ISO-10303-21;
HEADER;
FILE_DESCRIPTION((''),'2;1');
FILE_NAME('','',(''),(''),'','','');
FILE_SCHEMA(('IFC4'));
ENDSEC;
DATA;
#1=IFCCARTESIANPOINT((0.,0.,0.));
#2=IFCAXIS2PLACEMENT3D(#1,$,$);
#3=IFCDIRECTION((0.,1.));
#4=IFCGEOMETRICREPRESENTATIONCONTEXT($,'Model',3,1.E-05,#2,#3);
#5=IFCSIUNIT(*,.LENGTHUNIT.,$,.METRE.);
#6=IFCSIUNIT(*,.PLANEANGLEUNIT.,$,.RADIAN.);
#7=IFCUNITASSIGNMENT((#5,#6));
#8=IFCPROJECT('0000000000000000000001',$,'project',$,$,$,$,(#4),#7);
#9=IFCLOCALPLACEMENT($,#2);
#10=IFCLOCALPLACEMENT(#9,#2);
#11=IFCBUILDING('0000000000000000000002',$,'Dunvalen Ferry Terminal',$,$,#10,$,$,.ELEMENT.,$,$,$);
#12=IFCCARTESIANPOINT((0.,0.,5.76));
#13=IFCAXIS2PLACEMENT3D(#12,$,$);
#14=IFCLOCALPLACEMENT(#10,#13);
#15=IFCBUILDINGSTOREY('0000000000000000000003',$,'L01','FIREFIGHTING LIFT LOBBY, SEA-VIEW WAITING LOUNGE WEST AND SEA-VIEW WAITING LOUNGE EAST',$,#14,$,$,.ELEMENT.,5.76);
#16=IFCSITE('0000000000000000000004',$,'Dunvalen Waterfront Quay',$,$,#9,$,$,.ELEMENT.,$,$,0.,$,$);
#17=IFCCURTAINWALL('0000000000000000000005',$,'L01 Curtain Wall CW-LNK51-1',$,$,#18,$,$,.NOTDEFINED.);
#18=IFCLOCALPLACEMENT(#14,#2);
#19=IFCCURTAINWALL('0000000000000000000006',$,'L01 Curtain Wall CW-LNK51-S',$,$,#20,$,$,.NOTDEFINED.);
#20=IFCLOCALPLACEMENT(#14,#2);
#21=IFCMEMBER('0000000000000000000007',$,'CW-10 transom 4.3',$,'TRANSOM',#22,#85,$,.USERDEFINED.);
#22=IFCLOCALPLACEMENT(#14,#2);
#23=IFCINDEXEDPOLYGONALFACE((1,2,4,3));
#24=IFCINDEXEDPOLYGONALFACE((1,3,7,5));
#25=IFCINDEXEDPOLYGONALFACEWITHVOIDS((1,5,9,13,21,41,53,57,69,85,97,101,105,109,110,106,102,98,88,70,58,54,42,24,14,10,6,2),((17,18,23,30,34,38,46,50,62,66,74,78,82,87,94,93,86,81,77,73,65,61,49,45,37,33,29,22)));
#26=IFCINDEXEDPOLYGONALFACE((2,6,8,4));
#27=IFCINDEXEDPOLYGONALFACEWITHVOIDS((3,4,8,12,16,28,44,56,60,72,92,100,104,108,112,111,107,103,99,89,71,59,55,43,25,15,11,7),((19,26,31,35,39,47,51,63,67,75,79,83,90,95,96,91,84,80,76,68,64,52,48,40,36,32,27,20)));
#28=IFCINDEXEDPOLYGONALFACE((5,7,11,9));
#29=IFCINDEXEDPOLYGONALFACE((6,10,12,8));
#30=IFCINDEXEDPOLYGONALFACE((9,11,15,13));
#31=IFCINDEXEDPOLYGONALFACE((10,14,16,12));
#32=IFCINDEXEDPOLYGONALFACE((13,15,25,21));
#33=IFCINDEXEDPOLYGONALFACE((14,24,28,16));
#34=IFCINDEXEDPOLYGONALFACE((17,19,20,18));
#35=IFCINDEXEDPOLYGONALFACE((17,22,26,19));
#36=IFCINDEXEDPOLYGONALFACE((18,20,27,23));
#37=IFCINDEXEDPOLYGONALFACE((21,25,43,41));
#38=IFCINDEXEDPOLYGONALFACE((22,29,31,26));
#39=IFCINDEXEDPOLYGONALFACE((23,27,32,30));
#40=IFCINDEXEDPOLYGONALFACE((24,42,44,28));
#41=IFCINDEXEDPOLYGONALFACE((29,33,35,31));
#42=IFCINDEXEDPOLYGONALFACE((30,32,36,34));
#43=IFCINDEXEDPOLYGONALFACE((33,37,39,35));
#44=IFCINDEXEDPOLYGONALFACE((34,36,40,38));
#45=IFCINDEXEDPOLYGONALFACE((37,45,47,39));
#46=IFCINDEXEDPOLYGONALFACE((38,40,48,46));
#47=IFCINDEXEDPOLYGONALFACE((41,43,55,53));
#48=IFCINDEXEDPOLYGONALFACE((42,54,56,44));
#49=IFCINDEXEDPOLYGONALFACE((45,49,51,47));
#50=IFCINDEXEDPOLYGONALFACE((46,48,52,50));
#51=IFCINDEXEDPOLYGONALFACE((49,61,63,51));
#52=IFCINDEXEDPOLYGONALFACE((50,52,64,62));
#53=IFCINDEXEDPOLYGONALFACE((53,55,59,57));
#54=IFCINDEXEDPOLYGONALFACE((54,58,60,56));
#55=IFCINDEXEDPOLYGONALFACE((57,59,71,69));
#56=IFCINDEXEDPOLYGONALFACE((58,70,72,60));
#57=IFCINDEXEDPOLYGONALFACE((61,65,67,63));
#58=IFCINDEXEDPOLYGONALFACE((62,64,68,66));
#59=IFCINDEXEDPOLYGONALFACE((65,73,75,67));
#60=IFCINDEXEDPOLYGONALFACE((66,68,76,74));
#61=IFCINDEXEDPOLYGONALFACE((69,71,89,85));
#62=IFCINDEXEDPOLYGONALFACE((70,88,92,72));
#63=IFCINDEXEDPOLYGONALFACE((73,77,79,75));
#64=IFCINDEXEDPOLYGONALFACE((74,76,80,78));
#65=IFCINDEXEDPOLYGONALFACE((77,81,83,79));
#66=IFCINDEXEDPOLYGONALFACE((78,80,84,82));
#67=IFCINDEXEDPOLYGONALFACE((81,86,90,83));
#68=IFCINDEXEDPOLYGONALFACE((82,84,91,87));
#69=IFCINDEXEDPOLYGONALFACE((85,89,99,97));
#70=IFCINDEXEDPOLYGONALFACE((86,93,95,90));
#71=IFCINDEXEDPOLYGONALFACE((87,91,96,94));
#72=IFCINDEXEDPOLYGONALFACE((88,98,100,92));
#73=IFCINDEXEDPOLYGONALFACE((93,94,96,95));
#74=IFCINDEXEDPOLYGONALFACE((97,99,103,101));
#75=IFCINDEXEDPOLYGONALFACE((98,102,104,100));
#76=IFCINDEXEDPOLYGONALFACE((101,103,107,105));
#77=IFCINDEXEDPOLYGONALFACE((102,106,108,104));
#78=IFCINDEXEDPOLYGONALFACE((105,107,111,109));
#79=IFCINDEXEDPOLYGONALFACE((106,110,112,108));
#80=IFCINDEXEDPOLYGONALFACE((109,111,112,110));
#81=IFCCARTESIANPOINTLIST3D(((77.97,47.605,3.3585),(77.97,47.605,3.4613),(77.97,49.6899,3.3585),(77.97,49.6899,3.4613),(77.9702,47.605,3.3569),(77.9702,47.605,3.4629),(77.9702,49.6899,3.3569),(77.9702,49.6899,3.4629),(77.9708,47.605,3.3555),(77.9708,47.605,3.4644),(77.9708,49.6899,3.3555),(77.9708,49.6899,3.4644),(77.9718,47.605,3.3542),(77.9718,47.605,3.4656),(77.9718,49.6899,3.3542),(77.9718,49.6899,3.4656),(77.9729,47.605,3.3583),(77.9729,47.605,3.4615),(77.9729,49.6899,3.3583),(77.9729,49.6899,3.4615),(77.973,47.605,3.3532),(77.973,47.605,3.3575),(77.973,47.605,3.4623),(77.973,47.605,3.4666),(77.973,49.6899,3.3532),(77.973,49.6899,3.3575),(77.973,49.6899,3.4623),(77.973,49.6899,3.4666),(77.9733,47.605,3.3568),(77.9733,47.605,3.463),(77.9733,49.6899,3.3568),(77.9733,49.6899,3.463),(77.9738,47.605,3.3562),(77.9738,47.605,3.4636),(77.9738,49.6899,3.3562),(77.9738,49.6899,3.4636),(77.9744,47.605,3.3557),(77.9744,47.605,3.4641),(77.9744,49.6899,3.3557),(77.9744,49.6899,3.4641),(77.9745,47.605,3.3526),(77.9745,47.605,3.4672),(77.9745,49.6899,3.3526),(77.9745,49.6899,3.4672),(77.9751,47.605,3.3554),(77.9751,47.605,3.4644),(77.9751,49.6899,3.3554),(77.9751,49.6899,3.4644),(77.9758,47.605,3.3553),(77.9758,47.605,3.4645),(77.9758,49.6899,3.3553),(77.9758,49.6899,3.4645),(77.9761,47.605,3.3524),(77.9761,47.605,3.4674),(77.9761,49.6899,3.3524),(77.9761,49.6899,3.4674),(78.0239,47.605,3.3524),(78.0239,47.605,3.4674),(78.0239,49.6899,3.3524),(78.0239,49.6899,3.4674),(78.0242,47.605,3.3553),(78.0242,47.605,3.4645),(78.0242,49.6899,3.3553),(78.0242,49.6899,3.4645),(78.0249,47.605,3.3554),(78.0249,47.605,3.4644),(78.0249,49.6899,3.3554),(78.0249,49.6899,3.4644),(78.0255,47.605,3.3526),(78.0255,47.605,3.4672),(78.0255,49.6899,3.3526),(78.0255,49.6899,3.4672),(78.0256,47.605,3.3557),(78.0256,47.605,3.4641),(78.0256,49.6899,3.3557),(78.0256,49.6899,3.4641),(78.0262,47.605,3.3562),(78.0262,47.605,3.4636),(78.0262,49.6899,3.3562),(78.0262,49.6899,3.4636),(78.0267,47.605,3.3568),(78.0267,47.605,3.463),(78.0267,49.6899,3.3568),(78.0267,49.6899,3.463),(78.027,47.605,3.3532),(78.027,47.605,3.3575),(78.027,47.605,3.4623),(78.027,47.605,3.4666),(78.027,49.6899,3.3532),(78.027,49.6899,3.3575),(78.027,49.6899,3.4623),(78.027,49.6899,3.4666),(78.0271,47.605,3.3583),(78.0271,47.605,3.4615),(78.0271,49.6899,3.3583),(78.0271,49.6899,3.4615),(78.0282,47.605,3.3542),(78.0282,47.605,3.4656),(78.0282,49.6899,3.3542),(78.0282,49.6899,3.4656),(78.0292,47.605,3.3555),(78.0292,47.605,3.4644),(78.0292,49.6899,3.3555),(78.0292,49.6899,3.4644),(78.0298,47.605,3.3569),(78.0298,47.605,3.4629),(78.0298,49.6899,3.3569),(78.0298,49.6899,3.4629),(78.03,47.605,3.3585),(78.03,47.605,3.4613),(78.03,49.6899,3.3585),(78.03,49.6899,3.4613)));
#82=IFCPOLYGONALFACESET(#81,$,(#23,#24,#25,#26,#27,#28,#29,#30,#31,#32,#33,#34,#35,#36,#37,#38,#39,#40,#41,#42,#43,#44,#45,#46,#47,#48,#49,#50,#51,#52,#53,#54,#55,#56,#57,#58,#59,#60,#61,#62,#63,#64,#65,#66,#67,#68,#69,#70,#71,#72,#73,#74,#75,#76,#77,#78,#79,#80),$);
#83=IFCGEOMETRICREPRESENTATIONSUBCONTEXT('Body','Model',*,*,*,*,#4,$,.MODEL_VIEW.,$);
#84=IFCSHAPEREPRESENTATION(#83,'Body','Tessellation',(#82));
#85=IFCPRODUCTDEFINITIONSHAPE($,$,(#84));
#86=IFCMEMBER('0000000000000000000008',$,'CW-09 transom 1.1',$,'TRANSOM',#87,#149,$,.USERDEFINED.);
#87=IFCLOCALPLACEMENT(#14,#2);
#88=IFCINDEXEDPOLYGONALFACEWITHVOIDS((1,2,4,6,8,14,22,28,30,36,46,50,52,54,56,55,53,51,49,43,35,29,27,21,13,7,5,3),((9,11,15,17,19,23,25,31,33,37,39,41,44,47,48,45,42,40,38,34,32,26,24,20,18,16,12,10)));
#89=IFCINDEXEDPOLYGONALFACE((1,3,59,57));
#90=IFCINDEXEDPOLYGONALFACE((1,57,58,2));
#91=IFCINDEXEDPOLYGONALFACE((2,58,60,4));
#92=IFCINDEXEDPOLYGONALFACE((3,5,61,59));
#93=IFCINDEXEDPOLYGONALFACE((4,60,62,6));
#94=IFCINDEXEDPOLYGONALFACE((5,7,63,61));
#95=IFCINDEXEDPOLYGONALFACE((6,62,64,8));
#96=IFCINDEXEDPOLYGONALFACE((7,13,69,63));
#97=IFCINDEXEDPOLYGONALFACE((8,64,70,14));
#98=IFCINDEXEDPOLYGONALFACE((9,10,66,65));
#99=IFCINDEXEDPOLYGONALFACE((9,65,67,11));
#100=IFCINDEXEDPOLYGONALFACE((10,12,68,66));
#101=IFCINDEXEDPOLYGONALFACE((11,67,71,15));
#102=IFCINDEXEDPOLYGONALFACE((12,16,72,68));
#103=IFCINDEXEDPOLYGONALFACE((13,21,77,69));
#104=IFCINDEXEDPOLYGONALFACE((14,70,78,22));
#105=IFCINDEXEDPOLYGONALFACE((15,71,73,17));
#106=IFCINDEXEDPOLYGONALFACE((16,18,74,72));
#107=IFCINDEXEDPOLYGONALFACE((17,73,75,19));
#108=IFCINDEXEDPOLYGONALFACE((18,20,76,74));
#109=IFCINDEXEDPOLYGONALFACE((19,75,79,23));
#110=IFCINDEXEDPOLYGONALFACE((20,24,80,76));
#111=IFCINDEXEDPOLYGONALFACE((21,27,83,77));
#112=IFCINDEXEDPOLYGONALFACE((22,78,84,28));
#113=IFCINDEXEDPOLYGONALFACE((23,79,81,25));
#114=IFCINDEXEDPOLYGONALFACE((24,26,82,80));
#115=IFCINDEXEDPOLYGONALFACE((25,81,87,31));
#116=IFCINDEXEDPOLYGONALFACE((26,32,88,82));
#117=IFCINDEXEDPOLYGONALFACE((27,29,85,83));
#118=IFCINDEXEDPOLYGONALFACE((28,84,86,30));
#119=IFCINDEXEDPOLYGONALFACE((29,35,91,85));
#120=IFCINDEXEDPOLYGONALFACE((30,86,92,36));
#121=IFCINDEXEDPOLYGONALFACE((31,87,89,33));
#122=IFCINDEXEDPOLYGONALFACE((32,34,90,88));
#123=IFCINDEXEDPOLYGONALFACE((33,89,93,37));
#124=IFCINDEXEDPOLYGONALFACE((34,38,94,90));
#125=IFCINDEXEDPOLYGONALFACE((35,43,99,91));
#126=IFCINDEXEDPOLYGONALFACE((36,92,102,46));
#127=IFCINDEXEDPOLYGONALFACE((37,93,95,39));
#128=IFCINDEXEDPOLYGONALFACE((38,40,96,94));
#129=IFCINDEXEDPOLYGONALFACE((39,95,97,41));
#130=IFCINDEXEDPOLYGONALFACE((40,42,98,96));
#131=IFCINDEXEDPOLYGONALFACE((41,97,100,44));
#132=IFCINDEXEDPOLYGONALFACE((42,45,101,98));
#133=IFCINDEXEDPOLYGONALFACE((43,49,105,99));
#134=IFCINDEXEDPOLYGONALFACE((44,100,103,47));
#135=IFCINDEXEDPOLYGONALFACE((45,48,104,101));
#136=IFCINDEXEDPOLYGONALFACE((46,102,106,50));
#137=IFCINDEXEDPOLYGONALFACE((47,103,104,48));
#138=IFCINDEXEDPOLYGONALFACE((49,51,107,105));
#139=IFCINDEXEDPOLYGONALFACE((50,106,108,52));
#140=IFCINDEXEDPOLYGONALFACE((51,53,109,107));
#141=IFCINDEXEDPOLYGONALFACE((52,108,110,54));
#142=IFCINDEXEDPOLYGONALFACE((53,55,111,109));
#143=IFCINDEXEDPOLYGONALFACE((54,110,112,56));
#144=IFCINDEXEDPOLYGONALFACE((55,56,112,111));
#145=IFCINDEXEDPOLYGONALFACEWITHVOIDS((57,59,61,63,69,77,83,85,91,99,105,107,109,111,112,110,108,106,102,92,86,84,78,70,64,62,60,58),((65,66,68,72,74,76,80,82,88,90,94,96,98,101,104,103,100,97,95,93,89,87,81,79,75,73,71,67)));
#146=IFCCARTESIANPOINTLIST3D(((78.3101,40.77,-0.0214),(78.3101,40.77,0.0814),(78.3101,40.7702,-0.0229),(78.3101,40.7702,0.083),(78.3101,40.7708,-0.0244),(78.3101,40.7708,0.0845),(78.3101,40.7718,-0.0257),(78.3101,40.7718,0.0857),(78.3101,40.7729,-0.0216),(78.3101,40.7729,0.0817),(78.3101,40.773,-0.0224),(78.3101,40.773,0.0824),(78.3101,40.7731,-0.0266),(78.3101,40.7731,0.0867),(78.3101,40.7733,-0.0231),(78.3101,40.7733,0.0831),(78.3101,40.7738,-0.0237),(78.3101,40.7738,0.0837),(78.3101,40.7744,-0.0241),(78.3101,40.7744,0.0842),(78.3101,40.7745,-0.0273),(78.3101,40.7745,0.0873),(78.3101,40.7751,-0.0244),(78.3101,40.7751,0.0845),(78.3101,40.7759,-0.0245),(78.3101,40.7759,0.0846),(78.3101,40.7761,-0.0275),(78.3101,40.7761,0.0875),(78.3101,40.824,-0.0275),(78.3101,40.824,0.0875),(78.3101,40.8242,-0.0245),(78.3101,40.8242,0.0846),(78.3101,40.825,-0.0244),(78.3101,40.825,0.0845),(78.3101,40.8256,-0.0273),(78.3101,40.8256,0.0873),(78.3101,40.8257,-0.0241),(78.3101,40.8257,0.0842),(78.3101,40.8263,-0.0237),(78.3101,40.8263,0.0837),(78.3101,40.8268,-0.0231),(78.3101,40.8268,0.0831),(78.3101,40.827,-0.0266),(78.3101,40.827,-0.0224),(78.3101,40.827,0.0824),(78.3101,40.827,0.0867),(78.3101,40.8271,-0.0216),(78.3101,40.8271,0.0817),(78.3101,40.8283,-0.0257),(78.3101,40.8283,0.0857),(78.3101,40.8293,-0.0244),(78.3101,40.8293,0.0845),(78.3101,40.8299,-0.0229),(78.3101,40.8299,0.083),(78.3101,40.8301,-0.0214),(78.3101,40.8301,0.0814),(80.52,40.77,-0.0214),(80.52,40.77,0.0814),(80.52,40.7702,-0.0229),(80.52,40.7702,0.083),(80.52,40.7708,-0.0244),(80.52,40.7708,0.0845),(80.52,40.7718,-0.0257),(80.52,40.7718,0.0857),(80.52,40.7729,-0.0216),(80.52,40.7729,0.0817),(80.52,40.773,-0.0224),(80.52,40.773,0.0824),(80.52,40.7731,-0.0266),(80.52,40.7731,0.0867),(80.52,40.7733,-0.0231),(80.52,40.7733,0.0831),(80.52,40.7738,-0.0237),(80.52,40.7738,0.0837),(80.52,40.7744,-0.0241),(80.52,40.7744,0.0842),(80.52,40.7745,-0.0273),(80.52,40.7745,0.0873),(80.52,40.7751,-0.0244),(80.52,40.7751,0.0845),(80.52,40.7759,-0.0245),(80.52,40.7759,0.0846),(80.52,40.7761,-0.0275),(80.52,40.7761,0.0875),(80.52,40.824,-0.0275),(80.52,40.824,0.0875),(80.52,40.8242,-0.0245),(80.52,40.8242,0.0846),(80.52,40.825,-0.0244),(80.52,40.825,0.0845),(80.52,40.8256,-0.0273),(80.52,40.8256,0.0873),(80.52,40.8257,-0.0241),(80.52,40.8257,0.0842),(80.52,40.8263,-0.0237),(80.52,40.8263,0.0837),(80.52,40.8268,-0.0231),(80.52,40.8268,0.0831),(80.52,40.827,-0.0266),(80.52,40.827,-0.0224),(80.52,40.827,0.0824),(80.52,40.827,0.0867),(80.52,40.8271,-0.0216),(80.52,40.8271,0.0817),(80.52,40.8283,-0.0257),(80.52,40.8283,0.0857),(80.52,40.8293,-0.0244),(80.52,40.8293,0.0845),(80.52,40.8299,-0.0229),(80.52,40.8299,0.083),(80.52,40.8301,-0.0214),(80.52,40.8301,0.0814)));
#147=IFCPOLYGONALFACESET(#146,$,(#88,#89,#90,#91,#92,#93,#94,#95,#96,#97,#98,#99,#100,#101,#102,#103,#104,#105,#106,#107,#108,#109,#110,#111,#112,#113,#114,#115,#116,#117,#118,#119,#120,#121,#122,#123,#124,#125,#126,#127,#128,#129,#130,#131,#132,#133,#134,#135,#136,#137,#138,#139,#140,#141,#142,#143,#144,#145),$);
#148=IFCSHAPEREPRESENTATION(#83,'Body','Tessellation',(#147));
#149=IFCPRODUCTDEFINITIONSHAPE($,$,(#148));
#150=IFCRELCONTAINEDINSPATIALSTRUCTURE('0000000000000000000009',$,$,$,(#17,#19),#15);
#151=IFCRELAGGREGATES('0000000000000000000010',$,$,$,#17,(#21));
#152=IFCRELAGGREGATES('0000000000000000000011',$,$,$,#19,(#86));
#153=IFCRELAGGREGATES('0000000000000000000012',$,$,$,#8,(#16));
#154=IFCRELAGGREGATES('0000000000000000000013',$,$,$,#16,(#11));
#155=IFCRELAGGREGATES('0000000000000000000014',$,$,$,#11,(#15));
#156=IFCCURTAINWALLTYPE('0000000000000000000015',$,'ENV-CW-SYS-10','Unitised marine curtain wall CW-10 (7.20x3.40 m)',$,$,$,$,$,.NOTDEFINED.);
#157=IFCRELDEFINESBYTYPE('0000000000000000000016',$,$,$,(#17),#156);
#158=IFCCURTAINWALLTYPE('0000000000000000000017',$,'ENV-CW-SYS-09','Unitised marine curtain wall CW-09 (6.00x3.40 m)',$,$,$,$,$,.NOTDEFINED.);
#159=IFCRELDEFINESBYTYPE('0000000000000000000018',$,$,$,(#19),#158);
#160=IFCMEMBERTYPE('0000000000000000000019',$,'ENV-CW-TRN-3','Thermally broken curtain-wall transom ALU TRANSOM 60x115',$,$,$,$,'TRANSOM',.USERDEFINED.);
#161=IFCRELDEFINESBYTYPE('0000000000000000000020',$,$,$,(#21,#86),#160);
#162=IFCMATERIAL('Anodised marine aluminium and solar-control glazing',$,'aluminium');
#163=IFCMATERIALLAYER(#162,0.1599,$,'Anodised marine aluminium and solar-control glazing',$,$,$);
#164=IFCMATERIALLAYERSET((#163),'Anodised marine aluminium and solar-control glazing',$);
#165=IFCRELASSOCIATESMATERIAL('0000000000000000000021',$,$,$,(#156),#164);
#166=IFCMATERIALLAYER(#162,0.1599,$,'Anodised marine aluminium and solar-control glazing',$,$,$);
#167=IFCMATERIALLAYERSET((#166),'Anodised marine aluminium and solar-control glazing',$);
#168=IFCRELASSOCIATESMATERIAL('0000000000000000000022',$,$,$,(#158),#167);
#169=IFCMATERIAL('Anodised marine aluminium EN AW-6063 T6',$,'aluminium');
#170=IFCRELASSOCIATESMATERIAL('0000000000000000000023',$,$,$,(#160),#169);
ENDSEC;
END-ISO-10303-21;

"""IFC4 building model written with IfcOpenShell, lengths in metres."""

from ifc_helpers import new_model, si_unit, direction, frame, origin, origin_2d, place, context, subcontext, project, spatial, hollow_rectangle, extrude, material, layer, layer_set, material_profile, profile_set, type_object, element, aggregate, save


model = new_model("IFC4")

# Units and contexts
model_context = context("Model", 3, precision=1e-05, world=origin(), true_north=direction((0.0, 1.0)))
body_context = subcontext(model_context, "Body", "Model", "MODEL_VIEW")
ifc_project = project(units=[si_unit("LENGTHUNIT", "METRE"), si_unit("PLANEANGLEUNIT", "RADIAN")], contexts=[model_context])

# Site, building, storey
site_placement = place(None, origin())
site = spatial("IfcSite", under=ifc_project, at=site_placement, Name="Dunvalen Waterfront Quay", CompositionType="ELEMENT", RefElevation=0.0)
building_placement = place(site_placement, origin())
building = spatial("IfcBuilding", under=site, at=building_placement, Name="Dunvalen Ferry Terminal", CompositionType="ELEMENT")
storey_placement = place(building_placement, frame((0.0, 0.0, 5.76)))
storey = spatial("IfcBuildingStorey", under=building, at=storey_placement, Name="L01", Description="FIREFIGHTING LIFT LOBBY, SEA-VIEW WAITING LOUNGE WEST AND SEA-VIEW WAITING LOUNGE EAST", CompositionType="ELEMENT", Elevation=5.76)

# Curtain walls
ifc_material_1 = material(Name="Anodised marine aluminium and solar-control glazing", Category="aluminium")
ifc_layer_1 = layer(ifc_material_1, 0.1599, Name="Anodised marine aluminium and solar-control glazing")
ifc_layer_set_1 = layer_set([ifc_layer_1], Name="Anodised marine aluminium and solar-control glazing")
curtain_wall_type_1 = type_object("IfcCurtainWallType", Name="ENV-CW-SYS-10", Description="Unitised marine curtain wall CW-10 (7.20x3.40 m)", PredefinedType="NOTDEFINED", material=ifc_layer_set_1)
curtain_wall_1_placement = place(storey_placement, origin())
curtain_wall_1 = element("IfcCurtainWall", 1, at=curtain_wall_1_placement, inside=storey, type_object=curtain_wall_type_1, Name="L01 Curtain Wall CW-LNK51-1", PredefinedType="NOTDEFINED")
ifc_material_2 = material(Name="Anodised marine aluminium EN AW-6063 T6", Category="aluminium")
ifc_layer_2 = layer(ifc_material_1, 0.1599, Name="Anodised marine aluminium and solar-control glazing")
ifc_layer_set_2 = layer_set([ifc_layer_2], Name="Anodised marine aluminium and solar-control glazing")
curtain_wall_type_2 = type_object("IfcCurtainWallType", Name="ENV-CW-SYS-09", Description="Unitised marine curtain wall CW-09 (6.00x3.40 m)", PredefinedType="NOTDEFINED", material=ifc_layer_set_2)
curtain_wall_2_placement = place(storey_placement, origin())
curtain_wall_2 = element("IfcCurtainWall", 2, at=curtain_wall_2_placement, inside=storey, type_object=curtain_wall_type_2, Name="L01 Curtain Wall CW-LNK51-S", PredefinedType="NOTDEFINED")

# Members
ifc_material_profile_1 = material_profile(ifc_material_2, hollow_rectangle(XDim=0.0601, YDim=0.115, WallThickness=0.0029, InnerFilletRadius=0.0029, OuterFilletRadius=0.0061, at=origin_2d()), Name="Anodised marine aluminium EN AW-6063 T6")
ifc_profile_set_1 = profile_set([ifc_material_profile_1], Name="Anodised marine aluminium EN AW-6063 T6")
member_type_1 = type_object("IfcMemberType", Name="ENV-CW-TRN-3", Description="Thermally broken curtain-wall transom ALU TRANSOM 60x115", ElementType="TRANSOM", PredefinedType="USERDEFINED", material=ifc_profile_set_1)
member_1_placement = place(storey_placement, frame((78.0, 47.605, 3.4099), z_axis=(0.0, 1.0, 0.0), x_axis=(-1.0, 0.0, 0.0)))
member_1 = element("IfcMember", 3, at=member_1_placement, type_object=member_type_1, Name="CW-10 transom 4.3", ObjectType="TRANSOM", PredefinedType="USERDEFINED", context=body_context, shape_type="SweptSolid", body=[
    extrude(hollow_rectangle(XDim=0.0601, YDim=0.115, WallThickness=0.0029, InnerFilletRadius=0.0029, OuterFilletRadius=0.0061, at=origin_2d()), origin(), (0.0, 0.0, 1.0), 2.085),
])
member_2_placement = place(storey_placement, frame((78.3101, 40.8, 0.03), z_axis=(1.0, 0.0, 0.0), x_axis=(0.0, 1.0, 0.0)))
member_2 = element("IfcMember", 4, at=member_2_placement, type_object=member_type_1, Name="CW-09 transom 1.1", ObjectType="TRANSOM", PredefinedType="USERDEFINED", context=body_context, shape_type="SweptSolid", body=[
    extrude(hollow_rectangle(XDim=0.0601, YDim=0.115, WallThickness=0.0029, InnerFilletRadius=0.0029, OuterFilletRadius=0.0061, at=origin_2d()), origin(), (0.0, 0.0, 1.0), 2.21),
])

aggregate(curtain_wall_1, [member_1])
aggregate(curtain_wall_2, [member_2])

save(model, "model.ifc")
